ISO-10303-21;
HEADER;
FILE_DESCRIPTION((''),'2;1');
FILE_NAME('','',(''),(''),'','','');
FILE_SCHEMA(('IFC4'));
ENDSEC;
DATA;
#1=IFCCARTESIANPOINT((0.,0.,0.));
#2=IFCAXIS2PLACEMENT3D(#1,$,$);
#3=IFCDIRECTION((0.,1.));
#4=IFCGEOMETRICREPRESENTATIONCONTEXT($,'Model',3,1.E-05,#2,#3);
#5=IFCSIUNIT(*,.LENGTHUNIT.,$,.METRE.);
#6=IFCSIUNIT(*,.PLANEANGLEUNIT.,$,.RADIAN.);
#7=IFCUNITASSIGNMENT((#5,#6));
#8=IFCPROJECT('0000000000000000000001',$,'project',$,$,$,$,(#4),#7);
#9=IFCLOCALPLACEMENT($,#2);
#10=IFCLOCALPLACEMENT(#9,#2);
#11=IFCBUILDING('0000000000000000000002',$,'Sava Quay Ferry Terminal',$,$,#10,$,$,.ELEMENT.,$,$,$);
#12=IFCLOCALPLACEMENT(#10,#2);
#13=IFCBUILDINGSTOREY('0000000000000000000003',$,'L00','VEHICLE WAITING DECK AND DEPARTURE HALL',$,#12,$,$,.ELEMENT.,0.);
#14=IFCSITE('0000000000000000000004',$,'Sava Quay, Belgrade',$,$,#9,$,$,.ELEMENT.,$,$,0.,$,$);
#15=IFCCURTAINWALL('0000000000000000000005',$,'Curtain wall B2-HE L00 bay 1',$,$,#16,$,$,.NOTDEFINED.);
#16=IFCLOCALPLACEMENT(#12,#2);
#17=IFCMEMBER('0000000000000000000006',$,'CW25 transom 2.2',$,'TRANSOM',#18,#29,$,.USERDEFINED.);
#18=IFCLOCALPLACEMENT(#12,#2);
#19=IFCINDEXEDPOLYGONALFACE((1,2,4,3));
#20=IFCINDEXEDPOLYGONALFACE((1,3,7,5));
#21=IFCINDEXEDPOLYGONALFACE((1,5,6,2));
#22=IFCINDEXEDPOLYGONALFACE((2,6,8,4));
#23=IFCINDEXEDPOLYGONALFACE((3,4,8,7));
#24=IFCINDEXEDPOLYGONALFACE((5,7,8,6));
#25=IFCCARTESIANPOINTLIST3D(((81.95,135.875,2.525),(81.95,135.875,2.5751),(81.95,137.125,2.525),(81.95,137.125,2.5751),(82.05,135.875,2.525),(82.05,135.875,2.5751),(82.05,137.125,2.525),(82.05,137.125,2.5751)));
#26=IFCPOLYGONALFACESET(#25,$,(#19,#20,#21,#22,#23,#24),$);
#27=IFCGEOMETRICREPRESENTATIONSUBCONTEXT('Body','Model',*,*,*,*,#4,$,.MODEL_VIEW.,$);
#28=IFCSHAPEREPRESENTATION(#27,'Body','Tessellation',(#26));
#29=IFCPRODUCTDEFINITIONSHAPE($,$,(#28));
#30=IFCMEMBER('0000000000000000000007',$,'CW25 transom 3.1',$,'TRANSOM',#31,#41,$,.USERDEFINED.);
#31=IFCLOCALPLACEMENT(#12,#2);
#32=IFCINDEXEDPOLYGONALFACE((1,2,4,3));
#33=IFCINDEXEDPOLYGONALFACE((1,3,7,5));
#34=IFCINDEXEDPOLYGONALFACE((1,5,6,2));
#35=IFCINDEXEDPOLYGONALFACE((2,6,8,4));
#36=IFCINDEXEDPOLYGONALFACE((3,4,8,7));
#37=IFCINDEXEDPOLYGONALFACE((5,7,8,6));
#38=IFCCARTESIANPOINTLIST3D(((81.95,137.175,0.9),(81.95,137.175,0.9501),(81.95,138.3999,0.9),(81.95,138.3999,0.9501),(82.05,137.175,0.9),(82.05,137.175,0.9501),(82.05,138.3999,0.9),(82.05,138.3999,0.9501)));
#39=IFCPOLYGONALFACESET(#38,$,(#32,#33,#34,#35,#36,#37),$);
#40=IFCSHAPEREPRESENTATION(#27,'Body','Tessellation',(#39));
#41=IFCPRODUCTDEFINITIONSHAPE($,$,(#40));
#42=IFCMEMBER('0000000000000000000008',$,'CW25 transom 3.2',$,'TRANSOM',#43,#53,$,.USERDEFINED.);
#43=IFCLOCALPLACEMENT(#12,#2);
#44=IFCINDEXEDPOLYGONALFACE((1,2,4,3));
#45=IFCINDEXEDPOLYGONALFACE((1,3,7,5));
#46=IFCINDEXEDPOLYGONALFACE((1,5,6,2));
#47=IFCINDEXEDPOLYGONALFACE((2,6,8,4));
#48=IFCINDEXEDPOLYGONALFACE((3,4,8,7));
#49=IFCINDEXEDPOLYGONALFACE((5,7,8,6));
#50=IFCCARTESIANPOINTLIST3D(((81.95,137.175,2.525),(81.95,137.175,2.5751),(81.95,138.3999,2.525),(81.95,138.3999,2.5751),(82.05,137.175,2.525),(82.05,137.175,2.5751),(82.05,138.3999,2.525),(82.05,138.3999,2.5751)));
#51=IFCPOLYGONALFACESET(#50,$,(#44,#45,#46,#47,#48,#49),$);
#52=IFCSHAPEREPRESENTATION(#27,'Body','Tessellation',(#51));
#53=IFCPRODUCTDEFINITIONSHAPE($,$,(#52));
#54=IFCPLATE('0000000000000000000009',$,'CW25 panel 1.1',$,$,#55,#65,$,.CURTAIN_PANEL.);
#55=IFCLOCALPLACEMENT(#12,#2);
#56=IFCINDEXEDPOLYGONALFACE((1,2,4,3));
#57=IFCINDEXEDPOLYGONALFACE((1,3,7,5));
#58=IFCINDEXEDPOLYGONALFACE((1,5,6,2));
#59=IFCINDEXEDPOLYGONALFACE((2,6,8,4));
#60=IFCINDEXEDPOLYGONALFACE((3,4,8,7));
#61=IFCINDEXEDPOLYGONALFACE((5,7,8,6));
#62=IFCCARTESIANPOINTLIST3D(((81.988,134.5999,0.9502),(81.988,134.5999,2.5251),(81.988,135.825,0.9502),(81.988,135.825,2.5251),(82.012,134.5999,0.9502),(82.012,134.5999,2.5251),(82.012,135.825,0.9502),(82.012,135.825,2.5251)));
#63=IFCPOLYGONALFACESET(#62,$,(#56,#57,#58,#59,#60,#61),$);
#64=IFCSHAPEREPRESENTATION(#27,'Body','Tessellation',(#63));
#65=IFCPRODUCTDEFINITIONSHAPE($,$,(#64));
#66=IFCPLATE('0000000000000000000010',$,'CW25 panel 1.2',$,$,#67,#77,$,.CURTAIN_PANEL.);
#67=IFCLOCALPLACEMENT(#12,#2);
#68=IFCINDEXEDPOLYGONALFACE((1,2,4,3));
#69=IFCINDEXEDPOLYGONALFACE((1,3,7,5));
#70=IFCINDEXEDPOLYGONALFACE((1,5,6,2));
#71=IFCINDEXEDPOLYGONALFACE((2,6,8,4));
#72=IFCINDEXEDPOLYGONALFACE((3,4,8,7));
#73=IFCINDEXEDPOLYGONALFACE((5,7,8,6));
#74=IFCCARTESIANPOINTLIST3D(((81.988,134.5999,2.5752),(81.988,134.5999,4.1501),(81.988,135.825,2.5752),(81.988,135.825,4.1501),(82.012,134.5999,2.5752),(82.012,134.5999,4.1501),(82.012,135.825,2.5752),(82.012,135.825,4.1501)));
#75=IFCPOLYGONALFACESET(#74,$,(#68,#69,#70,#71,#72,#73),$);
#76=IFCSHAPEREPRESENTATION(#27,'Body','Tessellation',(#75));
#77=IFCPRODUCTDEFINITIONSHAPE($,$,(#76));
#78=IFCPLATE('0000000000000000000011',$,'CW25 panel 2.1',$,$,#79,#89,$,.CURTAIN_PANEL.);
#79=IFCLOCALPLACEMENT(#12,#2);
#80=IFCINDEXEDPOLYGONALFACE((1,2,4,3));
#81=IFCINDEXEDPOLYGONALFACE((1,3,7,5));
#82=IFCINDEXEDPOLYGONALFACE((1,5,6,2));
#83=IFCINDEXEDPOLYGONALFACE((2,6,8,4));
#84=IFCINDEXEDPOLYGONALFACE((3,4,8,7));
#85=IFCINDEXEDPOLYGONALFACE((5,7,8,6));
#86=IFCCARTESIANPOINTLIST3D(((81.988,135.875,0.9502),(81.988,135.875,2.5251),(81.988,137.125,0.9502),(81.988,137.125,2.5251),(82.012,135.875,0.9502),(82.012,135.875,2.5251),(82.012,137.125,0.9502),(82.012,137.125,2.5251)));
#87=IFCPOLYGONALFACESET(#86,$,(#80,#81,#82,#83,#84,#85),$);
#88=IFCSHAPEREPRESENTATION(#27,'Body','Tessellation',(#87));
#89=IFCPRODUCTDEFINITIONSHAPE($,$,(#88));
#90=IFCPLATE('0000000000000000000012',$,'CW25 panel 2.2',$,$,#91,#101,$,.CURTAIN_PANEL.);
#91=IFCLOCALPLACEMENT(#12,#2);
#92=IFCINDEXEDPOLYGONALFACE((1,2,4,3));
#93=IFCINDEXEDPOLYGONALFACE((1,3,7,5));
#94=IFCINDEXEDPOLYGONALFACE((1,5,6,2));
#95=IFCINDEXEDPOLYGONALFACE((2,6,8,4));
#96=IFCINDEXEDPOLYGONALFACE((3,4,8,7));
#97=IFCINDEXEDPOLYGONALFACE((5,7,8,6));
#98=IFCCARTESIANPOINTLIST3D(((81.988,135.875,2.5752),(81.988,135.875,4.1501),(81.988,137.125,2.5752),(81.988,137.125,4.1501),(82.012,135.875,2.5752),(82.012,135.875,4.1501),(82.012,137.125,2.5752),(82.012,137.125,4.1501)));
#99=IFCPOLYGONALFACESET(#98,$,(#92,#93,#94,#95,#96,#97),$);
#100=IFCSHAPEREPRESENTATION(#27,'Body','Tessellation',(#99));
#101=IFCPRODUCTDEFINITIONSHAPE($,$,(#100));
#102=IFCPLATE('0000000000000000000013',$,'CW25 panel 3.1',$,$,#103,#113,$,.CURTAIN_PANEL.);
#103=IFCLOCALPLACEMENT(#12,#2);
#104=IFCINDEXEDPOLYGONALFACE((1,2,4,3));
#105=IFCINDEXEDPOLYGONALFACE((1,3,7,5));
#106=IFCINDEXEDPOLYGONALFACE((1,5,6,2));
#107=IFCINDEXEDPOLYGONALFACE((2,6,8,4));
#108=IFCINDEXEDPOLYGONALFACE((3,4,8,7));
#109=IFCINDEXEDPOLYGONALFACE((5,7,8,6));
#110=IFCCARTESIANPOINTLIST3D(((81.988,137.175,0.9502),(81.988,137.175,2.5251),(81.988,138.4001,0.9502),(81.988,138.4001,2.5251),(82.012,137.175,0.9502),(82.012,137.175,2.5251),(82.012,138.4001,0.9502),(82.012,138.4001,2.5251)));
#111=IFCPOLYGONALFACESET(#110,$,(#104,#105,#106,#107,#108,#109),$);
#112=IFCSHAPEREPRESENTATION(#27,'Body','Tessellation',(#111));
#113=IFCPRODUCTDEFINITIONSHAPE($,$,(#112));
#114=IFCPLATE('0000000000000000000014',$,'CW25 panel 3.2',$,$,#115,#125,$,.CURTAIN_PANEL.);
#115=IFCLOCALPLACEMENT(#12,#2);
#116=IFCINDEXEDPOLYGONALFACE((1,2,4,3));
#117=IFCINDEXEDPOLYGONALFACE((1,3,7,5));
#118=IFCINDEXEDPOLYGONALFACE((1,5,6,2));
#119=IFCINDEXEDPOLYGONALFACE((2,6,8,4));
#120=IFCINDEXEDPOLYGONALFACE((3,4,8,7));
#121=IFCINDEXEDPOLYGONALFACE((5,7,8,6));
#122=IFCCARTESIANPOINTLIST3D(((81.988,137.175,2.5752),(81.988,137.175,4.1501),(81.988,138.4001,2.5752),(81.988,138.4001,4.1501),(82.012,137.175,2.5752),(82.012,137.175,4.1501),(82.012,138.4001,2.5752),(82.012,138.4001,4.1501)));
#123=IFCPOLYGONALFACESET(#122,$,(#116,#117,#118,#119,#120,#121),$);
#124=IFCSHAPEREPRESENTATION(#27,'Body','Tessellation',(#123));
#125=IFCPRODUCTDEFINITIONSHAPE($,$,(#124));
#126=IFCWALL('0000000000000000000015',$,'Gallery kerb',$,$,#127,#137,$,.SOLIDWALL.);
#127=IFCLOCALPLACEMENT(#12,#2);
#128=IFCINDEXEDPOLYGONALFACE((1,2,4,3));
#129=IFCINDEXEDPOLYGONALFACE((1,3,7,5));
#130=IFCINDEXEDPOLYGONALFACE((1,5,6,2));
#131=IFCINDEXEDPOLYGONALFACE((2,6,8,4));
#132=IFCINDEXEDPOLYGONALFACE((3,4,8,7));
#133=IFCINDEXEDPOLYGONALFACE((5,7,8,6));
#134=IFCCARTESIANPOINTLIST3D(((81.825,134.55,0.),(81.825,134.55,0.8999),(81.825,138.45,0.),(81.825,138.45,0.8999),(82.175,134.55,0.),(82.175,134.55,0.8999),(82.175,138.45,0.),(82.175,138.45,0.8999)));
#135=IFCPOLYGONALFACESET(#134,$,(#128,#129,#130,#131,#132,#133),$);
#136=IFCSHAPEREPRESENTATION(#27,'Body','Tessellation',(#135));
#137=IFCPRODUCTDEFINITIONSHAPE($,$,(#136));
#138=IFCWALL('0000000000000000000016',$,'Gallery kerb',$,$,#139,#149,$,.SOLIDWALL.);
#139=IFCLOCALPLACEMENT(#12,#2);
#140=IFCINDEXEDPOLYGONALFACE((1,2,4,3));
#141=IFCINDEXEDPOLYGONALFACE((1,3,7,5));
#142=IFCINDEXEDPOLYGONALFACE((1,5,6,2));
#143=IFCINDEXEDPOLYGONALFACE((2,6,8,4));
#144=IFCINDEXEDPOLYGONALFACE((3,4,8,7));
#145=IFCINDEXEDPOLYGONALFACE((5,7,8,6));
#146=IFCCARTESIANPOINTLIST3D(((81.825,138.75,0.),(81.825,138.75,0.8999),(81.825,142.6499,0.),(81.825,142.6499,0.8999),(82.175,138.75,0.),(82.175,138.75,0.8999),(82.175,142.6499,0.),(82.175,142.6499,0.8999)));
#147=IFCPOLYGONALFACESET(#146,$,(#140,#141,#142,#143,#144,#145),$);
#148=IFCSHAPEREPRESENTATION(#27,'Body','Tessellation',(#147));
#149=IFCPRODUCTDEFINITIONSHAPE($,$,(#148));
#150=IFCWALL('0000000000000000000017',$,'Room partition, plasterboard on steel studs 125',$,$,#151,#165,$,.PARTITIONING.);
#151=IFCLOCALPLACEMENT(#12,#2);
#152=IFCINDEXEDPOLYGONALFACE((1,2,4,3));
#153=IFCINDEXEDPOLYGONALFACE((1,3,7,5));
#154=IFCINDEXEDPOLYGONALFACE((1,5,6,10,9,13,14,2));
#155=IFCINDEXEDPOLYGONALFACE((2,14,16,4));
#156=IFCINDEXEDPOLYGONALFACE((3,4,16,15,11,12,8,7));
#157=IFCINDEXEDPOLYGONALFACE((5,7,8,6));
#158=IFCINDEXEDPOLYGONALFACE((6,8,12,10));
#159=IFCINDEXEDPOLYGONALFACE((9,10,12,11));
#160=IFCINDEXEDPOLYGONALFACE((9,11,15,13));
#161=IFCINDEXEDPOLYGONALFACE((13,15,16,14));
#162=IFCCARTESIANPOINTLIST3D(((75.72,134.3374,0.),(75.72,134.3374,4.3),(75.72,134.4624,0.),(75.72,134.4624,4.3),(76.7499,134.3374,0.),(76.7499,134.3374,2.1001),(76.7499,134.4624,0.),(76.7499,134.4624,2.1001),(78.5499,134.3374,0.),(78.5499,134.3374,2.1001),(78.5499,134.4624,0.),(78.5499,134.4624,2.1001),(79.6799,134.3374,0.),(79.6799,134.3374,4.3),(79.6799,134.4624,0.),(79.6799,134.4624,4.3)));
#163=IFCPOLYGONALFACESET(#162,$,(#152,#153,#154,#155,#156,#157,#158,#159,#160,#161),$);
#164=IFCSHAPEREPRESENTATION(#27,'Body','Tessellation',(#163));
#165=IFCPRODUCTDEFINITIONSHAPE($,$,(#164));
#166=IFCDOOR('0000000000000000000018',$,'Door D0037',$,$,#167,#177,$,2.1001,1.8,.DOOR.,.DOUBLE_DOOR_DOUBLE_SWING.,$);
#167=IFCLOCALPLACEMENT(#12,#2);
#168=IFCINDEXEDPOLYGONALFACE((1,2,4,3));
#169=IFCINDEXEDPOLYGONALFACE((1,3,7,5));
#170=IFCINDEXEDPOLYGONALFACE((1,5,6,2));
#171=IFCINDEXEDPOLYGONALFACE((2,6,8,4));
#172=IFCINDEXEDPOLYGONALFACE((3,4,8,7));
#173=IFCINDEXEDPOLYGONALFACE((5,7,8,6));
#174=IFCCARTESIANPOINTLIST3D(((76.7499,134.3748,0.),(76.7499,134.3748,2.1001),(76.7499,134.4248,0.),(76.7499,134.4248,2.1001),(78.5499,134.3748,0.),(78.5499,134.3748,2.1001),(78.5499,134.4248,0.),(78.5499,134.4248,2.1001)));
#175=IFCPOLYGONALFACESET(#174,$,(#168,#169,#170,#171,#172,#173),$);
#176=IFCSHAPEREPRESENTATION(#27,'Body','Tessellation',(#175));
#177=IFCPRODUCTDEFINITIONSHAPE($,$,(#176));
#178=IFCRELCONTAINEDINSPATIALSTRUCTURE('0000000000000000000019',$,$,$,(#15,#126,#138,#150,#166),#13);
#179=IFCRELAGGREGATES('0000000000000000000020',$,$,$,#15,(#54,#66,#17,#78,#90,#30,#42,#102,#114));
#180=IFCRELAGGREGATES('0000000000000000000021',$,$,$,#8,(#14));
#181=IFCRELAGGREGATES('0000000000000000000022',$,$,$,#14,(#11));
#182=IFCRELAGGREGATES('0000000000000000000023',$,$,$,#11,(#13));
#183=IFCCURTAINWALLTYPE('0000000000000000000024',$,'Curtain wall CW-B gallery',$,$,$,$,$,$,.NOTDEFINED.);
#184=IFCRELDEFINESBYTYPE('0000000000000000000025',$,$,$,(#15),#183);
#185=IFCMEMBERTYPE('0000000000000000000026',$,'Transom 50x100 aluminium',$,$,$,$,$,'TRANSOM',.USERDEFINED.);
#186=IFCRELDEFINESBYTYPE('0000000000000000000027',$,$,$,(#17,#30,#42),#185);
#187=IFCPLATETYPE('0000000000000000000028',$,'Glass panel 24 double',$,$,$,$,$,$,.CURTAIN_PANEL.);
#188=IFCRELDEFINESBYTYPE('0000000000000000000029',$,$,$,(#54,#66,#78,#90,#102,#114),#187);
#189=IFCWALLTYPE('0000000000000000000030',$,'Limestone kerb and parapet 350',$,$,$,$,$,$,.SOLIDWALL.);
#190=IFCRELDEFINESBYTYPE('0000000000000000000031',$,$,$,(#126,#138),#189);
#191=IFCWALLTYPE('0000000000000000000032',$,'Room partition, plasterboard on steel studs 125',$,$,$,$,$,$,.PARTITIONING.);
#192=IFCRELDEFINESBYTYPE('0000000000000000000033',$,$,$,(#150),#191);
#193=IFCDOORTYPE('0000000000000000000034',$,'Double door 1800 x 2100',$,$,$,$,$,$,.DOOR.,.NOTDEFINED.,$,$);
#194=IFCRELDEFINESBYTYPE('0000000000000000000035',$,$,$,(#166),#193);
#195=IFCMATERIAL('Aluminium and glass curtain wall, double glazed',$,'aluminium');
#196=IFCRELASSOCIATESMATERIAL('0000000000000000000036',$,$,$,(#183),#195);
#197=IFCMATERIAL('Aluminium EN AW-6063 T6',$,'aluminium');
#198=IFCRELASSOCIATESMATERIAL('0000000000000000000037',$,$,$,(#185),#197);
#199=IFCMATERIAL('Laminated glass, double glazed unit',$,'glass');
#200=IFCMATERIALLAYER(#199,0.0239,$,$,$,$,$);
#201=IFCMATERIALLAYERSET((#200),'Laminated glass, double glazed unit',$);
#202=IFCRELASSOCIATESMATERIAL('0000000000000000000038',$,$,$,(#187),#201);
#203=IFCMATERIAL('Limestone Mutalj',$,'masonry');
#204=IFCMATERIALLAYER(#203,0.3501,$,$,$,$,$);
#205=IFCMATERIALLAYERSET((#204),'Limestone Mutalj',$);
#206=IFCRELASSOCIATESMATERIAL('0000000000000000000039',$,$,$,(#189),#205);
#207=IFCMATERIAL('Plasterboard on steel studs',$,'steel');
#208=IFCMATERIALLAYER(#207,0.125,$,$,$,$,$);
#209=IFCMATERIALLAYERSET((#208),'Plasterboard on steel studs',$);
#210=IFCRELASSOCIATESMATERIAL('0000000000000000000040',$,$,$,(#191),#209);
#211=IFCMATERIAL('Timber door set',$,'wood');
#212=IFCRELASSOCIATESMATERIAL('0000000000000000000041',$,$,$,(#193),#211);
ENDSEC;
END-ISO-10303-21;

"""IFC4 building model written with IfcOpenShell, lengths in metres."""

from ifc_helpers import new_model, si_unit, direction, frame, frame_2d, origin, origin_2d, place, context, subcontext, project, spatial, rectangle, extrude, material, layer, layer_set, material_profile, profile_set, type_object, element, fill, aggregate, save


model = new_model("IFC4")

# Units and contexts
model_context = context("Model", 3, precision=1e-05, world=origin(), true_north=direction((0.0, 1.0)))
body_context = subcontext(model_context, "Body", "Model", "MODEL_VIEW")
ifc_project = project(units=[si_unit("LENGTHUNIT", "METRE"), si_unit("PLANEANGLEUNIT", "RADIAN")], contexts=[model_context])

# Site, building, storey
site_placement = place(None, origin())
site = spatial("IfcSite", under=ifc_project, at=site_placement, Name="Sava Quay, Belgrade", CompositionType="ELEMENT", RefElevation=0.0)
building_placement = place(site_placement, origin())
building = spatial("IfcBuilding", under=site, at=building_placement, Name="Sava Quay Ferry Terminal", CompositionType="ELEMENT")
storey_placement = place(building_placement, origin())
storey = spatial("IfcBuildingStorey", under=building, at=storey_placement, Name="L00", Description="VEHICLE WAITING DECK AND DEPARTURE HALL", CompositionType="ELEMENT", Elevation=0.0)

# Curtain wall
ifc_material_1 = material(Name="Aluminium and glass curtain wall, double glazed", Category="aluminium")
curtain_wall_type = type_object("IfcCurtainWallType", Name="Curtain wall CW-B gallery", PredefinedType="NOTDEFINED", material=ifc_material_1)
curtain_wall_1_placement = place(storey_placement, origin())
curtain_wall_1 = element("IfcCurtainWall", 1, at=curtain_wall_1_placement, inside=storey, type_object=curtain_wall_type, Name="Curtain wall B2-HE L00 bay 1", PredefinedType="NOTDEFINED")

# Members
ifc_material_2 = material(Name="Aluminium EN AW-6063 T6", Category="aluminium")
ifc_material_profile_1 = material_profile(ifc_material_2, rectangle(XDim=0.1001, YDim=0.05, at=origin_2d()), Name="Transom 50x100 aluminium")
ifc_profile_set_1 = profile_set([ifc_material_profile_1], Name="Aluminium EN AW-6063 T6")
member_type_1 = type_object("IfcMemberType", Name="Transom 50x100 aluminium", ElementType="TRANSOM", PredefinedType="USERDEFINED", material=ifc_profile_set_1)
member_1_placement = place(storey_placement, frame((82.0, 135.875, 2.55), z_axis=(0.0, 1.0, 0.0), x_axis=(-1.0, 0.0, 0.0)))
member_1 = element("IfcMember", 2, at=member_1_placement, type_object=member_type_1, Name="CW25 transom 2.2", ObjectType="TRANSOM", PredefinedType="USERDEFINED", context=body_context, shape_type="SweptSolid", body=[
    extrude(rectangle(XDim=0.1001, YDim=0.05, at=origin_2d()), origin(), (0.0, 0.0, 1.0), 1.25),
])
member_2_placement = place(storey_placement, frame((82.0, 137.175, 0.925), z_axis=(0.0, 1.0, 0.0), x_axis=(-1.0, 0.0, 0.0)))
member_2 = element("IfcMember", 3, at=member_2_placement, type_object=member_type_1, Name="CW25 transom 3.1", ObjectType="TRANSOM", PredefinedType="USERDEFINED", context=body_context, shape_type="SweptSolid", body=[
    extrude(rectangle(XDim=0.1001, YDim=0.05, at=origin_2d()), origin(), (0.0, 0.0, 1.0), 1.2249),
])
member_3_placement = place(storey_placement, frame((82.0, 137.175, 2.55), z_axis=(0.0, 1.0, 0.0), x_axis=(-1.0, 0.0, 0.0)))
member_3 = element("IfcMember", 4, at=member_3_placement, type_object=member_type_1, Name="CW25 transom 3.2", ObjectType="TRANSOM", PredefinedType="USERDEFINED", context=body_context, shape_type="SweptSolid", body=[
    extrude(rectangle(XDim=0.1001, YDim=0.05, at=origin_2d()), origin(), (0.0, 0.0, 1.0), 1.2249),
])

# Plates
ifc_material_3 = material(Name="Laminated glass, double glazed unit", Category="glass")
ifc_layer_1 = layer(ifc_material_3, 0.0239)
ifc_layer_set_1 = layer_set([ifc_layer_1], Name="Laminated glass, double glazed unit")
plate_type = type_object("IfcPlateType", Name="Glass panel 24 double", PredefinedType="CURTAIN_PANEL", material=ifc_layer_set_1)
plate_1_placement = place(storey_placement, frame((82.0, 135.2124, 0.9502), z_axis=(0.0, 0.0, 1.0), x_axis=(0.0, 1.0, 0.0)))
plate_1 = element("IfcPlate", 5, at=plate_1_placement, type_object=plate_type, Name="CW25 panel 1.1", PredefinedType="CURTAIN_PANEL", context=body_context, shape_type="SweptSolid", body=[
    extrude(rectangle(XDim=1.2251, YDim=0.0239, at=origin_2d()), origin(), (0.0, 0.0, 1.0), 1.575),
])
plate_2_placement = place(storey_placement, frame((82.0, 135.2124, 2.5752), z_axis=(0.0, 0.0, 1.0), x_axis=(0.0, 1.0, 0.0)))
plate_2 = element("IfcPlate", 6, at=plate_2_placement, type_object=plate_type, Name="CW25 panel 1.2", PredefinedType="CURTAIN_PANEL", context=body_context, shape_type="SweptSolid", body=[
    extrude(rectangle(XDim=1.2251, YDim=0.0239, at=origin_2d()), origin(), (0.0, 0.0, 1.0), 1.575),
])
plate_3_placement = place(storey_placement, frame((82.0, 136.5, 0.9502), z_axis=(0.0, 0.0, 1.0), x_axis=(0.0, 1.0, 0.0)))
plate_3 = element("IfcPlate", 7, at=plate_3_placement, type_object=plate_type, Name="CW25 panel 2.1", PredefinedType="CURTAIN_PANEL", context=body_context, shape_type="SweptSolid", body=[
    extrude(rectangle(XDim=1.25, YDim=0.0239, at=origin_2d()), origin(), (0.0, 0.0, 1.0), 1.575),
])
plate_4_placement = place(storey_placement, frame((82.0, 136.5, 2.5752), z_axis=(0.0, 0.0, 1.0), x_axis=(0.0, 1.0, 0.0)))
plate_4 = element("IfcPlate", 8, at=plate_4_placement, type_object=plate_type, Name="CW25 panel 2.2", PredefinedType="CURTAIN_PANEL", context=body_context, shape_type="SweptSolid", body=[
    extrude(rectangle(XDim=1.25, YDim=0.0239, at=origin_2d()), origin(), (0.0, 0.0, 1.0), 1.575),
])
plate_5_placement = place(storey_placement, frame((82.0, 137.7876, 0.9502), z_axis=(0.0, 0.0, 1.0), x_axis=(0.0, 1.0, 0.0)))
plate_5 = element("IfcPlate", 9, at=plate_5_placement, type_object=plate_type, Name="CW25 panel 3.1", PredefinedType="CURTAIN_PANEL", context=body_context, shape_type="SweptSolid", body=[
    extrude(rectangle(XDim=1.2251, YDim=0.0239, at=origin_2d()), origin(), (0.0, 0.0, 1.0), 1.575),
])
plate_6_placement = place(storey_placement, frame((82.0, 137.7876, 2.5752), z_axis=(0.0, 0.0, 1.0), x_axis=(0.0, 1.0, 0.0)))
plate_6 = element("IfcPlate", 10, at=plate_6_placement, type_object=plate_type, Name="CW25 panel 3.2", PredefinedType="CURTAIN_PANEL", context=body_context, shape_type="SweptSolid", body=[
    extrude(rectangle(XDim=1.2251, YDim=0.0239, at=origin_2d()), origin(), (0.0, 0.0, 1.0), 1.575),
])
aggregate(curtain_wall_1, [plate_1, plate_2, member_1, plate_3, plate_4, member_2, member_3, plate_5, plate_6])

# Walls
ifc_material_4 = material(Name="Limestone Mutalj", Category="masonry")
ifc_layer_2 = layer(ifc_material_4, 0.3501)
ifc_layer_set_2 = layer_set([ifc_layer_2], Name="Limestone Mutalj")
wall_type_1 = type_object("IfcWallType", Name="Limestone kerb and parapet 350", PredefinedType="SOLIDWALL", material=ifc_layer_set_2)
for number, where, z_axis, x_axis, name in (
    (11, (82.0, 134.55, 0.0), (0.0, 0.0, 1.0), (0.0, 1.0, 0.0), "Gallery kerb"),
    (12, (82.0, 138.75, 0.0), (0.0, 0.0, 1.0), (0.0, 1.0, 0.0), "Gallery kerb"),
):
    element("IfcWall", number, at=place(storey_placement, frame(where, z_axis=z_axis, x_axis=x_axis)), inside=storey, type_object=wall_type_1, Name=name, PredefinedType="SOLIDWALL", context=body_context, shape_type="SweptSolid", body=[
        extrude(rectangle(XDim=3.8999, YDim=0.3501, at=frame_2d((1.95, 0.0))), origin(), (0.0, 0.0, 1.0), 0.8999),
    ])

# Wall, opening, door
ifc_material_5 = material(Name="Plasterboard on steel studs", Category="steel")
ifc_layer_3 = layer(ifc_material_5, 0.125)
ifc_layer_set_3 = layer_set([ifc_layer_3], Name="Plasterboard on steel studs")
wall_type_2 = type_object("IfcWallType", Name="Room partition, plasterboard on steel studs 125", PredefinedType="PARTITIONING", material=ifc_layer_set_3)
wall_placement = place(storey_placement, frame((75.72, 134.3999, 0.0), z_axis=(0.0, 0.0, 1.0), x_axis=(1.0, 0.0, 0.0)))
wall = element("IfcWall", 13, at=wall_placement, inside=storey, type_object=wall_type_2, Name="Room partition, plasterboard on steel studs 125", PredefinedType="PARTITIONING", context=body_context, shape_type="SweptSolid", body=[
    extrude(rectangle(XDim=3.96, YDim=0.125, at=frame_2d((1.98, 0.0))), origin(), (0.0, 0.0, 1.0), 4.3),
])
opening_placement = place(wall_placement, frame((1.03, 0.0, 0.0)))
opening = element("IfcOpeningElement", 14, at=opening_placement, cuts=wall, PredefinedType="OPENING", context=body_context, shape_type="SweptSolid", body=[
    extrude(rectangle(XDim=1.8, YDim=2.1001, at=frame_2d((0.8999, 1.05))), frame((0.0, 0.0625, 0.0), z_axis=(0.0, -1.0, 0.0), x_axis=(1.0, 0.0, 0.0)), (0.0, 0.0, 1.0), 0.125),
])
ifc_material_6 = material(Name="Timber door set", Category="wood")
door_type = type_object("IfcDoorType", Name="Double door 1800 x 2100", OperationType="NOTDEFINED", PredefinedType="DOOR", material=ifc_material_6)
door_placement = place(opening_placement, origin())
door = element("IfcDoor", 15, at=door_placement, inside=storey, type_object=door_type, Name="Door D0037", OperationType="DOUBLE_DOOR_DOUBLE_SWING", OverallHeight=2.1001, OverallWidth=1.8, PredefinedType="DOOR", context=body_context, shape_type="SweptSolid", body=[
    extrude(rectangle(XDim=1.8, YDim=2.1001, at=frame_2d((0.8999, 1.05))), frame((0.0, 0.0249, 0.0), z_axis=(0.0, -1.0, 0.0), x_axis=(1.0, 0.0, 0.0)), (0.0, 0.0, 1.0), 0.05),
])
fill(opening, door)

save(model, "model.ifc")
